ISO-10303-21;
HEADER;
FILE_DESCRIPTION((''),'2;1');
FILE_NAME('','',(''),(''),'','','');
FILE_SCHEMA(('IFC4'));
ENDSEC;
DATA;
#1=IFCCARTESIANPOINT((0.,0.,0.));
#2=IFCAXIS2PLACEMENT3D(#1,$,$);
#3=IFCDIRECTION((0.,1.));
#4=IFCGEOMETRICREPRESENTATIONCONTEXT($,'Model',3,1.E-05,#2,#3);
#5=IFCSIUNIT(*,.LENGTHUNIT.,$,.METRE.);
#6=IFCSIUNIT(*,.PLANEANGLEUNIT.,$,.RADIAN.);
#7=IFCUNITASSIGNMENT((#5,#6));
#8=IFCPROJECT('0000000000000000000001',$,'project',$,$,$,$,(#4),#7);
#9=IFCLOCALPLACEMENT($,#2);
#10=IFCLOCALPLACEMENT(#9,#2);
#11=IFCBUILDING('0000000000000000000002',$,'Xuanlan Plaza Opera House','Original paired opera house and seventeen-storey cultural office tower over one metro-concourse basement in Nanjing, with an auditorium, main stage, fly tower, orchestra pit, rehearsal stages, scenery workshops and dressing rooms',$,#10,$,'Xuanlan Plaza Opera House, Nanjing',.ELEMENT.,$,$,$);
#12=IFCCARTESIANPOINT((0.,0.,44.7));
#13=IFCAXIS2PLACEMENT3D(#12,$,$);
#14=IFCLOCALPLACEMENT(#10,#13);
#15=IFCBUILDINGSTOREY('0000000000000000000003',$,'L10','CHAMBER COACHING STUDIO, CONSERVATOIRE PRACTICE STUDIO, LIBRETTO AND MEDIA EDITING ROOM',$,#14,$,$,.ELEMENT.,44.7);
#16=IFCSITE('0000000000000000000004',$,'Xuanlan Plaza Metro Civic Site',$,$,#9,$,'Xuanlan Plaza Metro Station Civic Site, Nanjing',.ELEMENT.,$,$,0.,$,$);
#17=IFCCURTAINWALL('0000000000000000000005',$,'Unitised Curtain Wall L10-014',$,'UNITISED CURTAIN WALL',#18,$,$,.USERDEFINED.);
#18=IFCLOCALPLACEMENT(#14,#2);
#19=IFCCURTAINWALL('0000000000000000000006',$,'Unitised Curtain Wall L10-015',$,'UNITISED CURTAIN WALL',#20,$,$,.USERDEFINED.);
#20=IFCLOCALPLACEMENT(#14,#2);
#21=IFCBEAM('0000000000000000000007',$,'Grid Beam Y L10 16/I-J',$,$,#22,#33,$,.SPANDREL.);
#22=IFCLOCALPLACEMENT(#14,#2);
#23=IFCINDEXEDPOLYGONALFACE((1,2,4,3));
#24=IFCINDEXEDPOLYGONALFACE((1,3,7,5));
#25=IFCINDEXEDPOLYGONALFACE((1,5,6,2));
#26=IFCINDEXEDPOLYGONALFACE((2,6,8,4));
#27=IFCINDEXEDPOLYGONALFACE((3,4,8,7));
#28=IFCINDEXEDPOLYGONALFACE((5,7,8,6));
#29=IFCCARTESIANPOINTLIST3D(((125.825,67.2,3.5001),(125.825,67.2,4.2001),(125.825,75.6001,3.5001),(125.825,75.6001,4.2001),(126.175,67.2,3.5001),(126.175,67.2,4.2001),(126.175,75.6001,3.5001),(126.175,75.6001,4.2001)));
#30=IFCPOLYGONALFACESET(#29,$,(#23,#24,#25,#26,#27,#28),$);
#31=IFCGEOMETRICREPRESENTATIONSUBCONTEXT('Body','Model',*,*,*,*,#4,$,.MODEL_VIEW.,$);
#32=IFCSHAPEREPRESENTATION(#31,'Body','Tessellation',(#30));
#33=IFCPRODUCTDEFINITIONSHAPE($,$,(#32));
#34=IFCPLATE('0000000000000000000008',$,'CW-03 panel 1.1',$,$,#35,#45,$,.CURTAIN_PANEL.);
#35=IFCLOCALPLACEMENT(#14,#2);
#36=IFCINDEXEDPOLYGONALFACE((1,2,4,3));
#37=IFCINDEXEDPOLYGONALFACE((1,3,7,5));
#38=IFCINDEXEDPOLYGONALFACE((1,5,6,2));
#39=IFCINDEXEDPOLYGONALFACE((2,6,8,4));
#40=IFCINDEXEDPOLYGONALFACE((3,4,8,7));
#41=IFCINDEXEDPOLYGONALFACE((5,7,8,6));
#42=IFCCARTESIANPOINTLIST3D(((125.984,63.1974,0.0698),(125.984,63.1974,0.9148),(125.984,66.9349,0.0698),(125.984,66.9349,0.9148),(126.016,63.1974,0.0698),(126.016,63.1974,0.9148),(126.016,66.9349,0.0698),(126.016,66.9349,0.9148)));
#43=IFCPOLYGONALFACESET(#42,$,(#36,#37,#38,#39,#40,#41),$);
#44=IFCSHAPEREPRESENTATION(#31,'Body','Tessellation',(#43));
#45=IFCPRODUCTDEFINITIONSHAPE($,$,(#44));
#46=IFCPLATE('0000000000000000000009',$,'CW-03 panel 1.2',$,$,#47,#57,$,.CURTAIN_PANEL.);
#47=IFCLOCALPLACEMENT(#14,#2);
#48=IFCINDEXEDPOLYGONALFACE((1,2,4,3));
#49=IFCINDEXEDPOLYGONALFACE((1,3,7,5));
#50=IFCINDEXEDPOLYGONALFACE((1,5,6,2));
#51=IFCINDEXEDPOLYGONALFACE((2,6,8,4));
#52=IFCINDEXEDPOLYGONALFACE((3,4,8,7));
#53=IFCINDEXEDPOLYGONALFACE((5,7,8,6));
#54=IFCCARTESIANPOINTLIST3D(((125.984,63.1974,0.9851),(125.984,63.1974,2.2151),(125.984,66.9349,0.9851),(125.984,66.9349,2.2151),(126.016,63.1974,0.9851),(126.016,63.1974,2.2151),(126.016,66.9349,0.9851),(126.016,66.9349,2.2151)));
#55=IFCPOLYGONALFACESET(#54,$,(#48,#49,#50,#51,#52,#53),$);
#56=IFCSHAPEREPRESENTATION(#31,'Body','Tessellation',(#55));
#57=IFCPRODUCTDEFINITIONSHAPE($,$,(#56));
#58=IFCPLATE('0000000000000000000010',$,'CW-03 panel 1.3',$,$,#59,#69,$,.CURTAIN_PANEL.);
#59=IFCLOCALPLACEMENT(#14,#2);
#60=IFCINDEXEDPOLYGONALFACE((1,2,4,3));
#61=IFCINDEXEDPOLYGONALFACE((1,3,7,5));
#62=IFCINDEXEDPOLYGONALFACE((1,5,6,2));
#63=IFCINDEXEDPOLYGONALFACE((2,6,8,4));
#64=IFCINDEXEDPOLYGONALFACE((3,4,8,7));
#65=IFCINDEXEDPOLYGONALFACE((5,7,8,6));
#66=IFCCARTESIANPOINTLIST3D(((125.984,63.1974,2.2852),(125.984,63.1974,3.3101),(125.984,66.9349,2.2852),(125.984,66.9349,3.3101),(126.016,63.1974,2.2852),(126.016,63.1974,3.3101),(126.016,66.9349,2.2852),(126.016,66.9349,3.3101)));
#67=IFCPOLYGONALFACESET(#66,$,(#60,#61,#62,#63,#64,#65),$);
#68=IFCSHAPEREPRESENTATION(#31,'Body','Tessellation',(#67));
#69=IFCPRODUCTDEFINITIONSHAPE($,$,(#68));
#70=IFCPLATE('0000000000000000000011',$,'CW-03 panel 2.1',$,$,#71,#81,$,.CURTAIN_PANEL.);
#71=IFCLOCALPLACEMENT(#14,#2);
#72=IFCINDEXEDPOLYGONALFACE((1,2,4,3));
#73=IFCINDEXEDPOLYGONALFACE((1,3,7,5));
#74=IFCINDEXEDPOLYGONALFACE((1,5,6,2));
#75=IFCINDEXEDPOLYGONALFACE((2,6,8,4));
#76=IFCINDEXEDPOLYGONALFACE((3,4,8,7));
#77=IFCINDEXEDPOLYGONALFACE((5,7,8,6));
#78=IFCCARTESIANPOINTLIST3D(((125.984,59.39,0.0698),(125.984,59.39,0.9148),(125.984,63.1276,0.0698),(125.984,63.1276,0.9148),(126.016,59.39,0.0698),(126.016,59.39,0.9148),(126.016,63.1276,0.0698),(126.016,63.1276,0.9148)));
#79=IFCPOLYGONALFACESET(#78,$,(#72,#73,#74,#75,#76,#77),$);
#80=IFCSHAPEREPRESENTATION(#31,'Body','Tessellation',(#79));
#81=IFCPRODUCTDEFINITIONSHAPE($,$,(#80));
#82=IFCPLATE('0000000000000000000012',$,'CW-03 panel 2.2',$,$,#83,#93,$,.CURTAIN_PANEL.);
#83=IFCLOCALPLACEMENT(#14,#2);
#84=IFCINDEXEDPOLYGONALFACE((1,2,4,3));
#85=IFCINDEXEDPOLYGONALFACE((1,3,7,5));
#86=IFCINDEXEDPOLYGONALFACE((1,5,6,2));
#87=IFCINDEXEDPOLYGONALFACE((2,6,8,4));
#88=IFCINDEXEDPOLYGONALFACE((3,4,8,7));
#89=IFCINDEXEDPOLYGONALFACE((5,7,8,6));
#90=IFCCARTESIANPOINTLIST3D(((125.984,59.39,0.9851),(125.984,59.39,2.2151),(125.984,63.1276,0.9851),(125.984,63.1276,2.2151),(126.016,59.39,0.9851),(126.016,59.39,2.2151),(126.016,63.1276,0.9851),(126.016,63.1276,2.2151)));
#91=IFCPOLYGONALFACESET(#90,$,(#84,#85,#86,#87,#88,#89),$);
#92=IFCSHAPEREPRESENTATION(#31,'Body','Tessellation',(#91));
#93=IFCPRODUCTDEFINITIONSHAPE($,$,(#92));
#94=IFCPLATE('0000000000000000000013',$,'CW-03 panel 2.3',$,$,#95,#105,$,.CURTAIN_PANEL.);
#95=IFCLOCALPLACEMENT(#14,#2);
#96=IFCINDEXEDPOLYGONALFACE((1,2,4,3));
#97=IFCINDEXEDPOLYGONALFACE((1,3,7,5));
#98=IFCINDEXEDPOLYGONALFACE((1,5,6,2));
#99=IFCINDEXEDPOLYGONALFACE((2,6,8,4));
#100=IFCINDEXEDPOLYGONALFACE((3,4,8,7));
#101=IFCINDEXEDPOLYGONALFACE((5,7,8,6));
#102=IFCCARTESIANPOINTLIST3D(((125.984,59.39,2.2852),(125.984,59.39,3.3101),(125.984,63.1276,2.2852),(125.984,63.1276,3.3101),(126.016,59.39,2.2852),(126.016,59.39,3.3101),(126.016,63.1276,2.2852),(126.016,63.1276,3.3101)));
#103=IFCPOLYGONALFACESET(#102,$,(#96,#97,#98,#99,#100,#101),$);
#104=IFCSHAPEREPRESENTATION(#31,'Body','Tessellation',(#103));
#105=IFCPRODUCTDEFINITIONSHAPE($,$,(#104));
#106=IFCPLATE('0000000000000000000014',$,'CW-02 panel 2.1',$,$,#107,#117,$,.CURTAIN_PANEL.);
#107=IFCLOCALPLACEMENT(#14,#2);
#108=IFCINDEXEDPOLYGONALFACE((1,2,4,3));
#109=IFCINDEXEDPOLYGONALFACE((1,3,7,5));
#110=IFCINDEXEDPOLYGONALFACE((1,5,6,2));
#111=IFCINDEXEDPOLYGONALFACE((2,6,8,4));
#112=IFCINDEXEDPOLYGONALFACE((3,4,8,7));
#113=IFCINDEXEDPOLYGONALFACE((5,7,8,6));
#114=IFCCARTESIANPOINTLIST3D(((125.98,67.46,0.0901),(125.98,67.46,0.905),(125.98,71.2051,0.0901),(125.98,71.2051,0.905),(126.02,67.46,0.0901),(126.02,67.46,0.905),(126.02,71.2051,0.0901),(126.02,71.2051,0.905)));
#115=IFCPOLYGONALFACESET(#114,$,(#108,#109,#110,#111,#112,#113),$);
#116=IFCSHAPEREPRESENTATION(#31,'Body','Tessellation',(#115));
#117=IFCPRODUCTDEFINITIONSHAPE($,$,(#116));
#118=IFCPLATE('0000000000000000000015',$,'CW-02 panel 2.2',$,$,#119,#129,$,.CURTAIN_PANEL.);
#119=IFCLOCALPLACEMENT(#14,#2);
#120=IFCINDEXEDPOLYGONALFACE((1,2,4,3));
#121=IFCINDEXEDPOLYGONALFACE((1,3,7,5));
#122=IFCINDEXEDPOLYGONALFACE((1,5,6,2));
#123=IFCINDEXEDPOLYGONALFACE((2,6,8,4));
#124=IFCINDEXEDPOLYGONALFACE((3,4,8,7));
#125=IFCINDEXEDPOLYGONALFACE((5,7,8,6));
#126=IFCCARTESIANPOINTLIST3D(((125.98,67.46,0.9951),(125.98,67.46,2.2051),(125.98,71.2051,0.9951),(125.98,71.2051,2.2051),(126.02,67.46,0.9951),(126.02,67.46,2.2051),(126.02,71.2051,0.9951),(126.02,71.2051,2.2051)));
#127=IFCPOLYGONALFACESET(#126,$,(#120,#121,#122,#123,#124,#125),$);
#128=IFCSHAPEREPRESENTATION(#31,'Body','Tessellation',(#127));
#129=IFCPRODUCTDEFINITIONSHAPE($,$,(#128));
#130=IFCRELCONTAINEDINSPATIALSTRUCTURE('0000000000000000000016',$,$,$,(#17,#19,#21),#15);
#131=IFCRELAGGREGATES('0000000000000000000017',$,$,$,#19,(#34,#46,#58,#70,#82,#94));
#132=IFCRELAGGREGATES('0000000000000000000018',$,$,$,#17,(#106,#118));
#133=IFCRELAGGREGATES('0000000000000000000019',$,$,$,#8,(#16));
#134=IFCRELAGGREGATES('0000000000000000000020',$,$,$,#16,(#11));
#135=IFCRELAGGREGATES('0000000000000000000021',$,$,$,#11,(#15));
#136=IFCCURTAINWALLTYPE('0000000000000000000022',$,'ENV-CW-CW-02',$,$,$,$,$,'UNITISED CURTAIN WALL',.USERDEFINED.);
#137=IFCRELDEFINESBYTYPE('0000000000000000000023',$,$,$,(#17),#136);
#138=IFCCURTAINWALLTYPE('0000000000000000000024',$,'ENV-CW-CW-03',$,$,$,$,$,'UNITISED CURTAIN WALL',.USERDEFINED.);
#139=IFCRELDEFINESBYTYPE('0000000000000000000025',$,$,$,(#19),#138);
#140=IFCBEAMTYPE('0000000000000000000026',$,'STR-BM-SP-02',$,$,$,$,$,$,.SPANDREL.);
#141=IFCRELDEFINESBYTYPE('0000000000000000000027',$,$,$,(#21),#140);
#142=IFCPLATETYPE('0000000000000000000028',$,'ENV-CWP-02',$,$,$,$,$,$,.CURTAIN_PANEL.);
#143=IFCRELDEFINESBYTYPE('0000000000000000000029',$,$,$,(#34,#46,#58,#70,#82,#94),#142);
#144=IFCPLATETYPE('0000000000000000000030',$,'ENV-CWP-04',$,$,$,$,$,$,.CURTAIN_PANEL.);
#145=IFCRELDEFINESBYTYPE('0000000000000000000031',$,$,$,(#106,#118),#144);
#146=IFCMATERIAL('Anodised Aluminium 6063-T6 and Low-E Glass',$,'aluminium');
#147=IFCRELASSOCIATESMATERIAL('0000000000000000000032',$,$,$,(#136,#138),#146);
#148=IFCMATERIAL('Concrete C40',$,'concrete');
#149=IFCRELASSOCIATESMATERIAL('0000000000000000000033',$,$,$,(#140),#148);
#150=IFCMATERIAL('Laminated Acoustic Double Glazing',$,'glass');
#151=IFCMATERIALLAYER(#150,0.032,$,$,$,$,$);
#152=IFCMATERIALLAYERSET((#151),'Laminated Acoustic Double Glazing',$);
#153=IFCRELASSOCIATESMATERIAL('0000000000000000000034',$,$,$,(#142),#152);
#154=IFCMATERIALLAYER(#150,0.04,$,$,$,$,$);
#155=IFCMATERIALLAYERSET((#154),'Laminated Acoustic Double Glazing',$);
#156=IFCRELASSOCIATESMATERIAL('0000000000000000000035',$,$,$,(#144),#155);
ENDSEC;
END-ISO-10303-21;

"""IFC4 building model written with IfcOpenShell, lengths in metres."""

from ifc_helpers import new_model, si_unit, direction, frame, origin, origin_2d, place, context, subcontext, project, spatial, rectangle, extrude, material, layer, layer_set, material_profile, profile_set, type_object, element, aggregate, save


model = new_model("IFC4")

# Units and contexts
model_context = context("Model", 3, precision=1e-05, world=origin(), true_north=direction((0.0, 1.0)))
body_context = subcontext(model_context, "Body", "Model", "MODEL_VIEW")
ifc_project = project(units=[si_unit("LENGTHUNIT", "METRE"), si_unit("PLANEANGLEUNIT", "RADIAN")], contexts=[model_context])

# Site, building, storey
site_placement = place(None, origin())
site = spatial("IfcSite", under=ifc_project, at=site_placement, Name="Xuanlan Plaza Metro Civic Site", LongName="Xuanlan Plaza Metro Station Civic Site, Nanjing", CompositionType="ELEMENT", RefElevation=0.0)
building_placement = place(site_placement, origin())
building = spatial("IfcBuilding", under=site, at=building_placement, Name="Xuanlan Plaza Opera House", Description="Original paired opera house and seventeen-storey cultural office tower over one metro-concourse basement in Nanjing, with an auditorium, main stage, fly tower, orchestra pit, rehearsal stages, scenery workshops and dressing rooms", LongName="Xuanlan Plaza Opera House, Nanjing", CompositionType="ELEMENT")
storey_placement = place(building_placement, frame((0.0, 0.0, 44.7)))
storey = spatial("IfcBuildingStorey", under=building, at=storey_placement, Name="L10", Description="CHAMBER COACHING STUDIO, CONSERVATOIRE PRACTICE STUDIO, LIBRETTO AND MEDIA EDITING ROOM", CompositionType="ELEMENT", Elevation=44.7)

# Curtain wall
ifc_material_1 = material(Name="Anodised Aluminium 6063-T6 and Low-E Glass", Category="aluminium")
curtain_wall_type_1 = type_object("IfcCurtainWallType", Name="ENV-CW-CW-02", ElementType="UNITISED CURTAIN WALL", PredefinedType="USERDEFINED", material=ifc_material_1)
curtain_wall_1_placement = place(storey_placement, origin())
curtain_wall_1 = element("IfcCurtainWall", 1, at=curtain_wall_1_placement, inside=storey, type_object=curtain_wall_type_1, Name="Unitised Curtain Wall L10-014", ObjectType="UNITISED CURTAIN WALL", PredefinedType="USERDEFINED")

# Curtain wall
curtain_wall_type_2 = type_object("IfcCurtainWallType", Name="ENV-CW-CW-03", ElementType="UNITISED CURTAIN WALL", PredefinedType="USERDEFINED", material=ifc_material_1)
curtain_wall_2_placement = place(storey_placement, origin())
curtain_wall_2 = element("IfcCurtainWall", 2, at=curtain_wall_2_placement, inside=storey, type_object=curtain_wall_type_2, Name="Unitised Curtain Wall L10-015", ObjectType="UNITISED CURTAIN WALL", PredefinedType="USERDEFINED")

# Beam
ifc_material_2 = material(Name="Concrete C40", Category="concrete")
ifc_material_profile_1 = material_profile(ifc_material_2, rectangle(XDim=0.3501, YDim=0.7, at=origin_2d()), Name="RC-SPD 350x700")
ifc_profile_set_1 = profile_set([ifc_material_profile_1], Name="Concrete C40")
beam_type_1 = type_object("IfcBeamType", Name="STR-BM-SP-02", PredefinedType="SPANDREL", material=ifc_profile_set_1)
beam_1_placement = place(storey_placement, frame((126.0, 67.2, 3.8501), z_axis=(0.0, 1.0, 0.0), x_axis=(-1.0, 0.0, 0.0)))
element("IfcBeam", 3, at=beam_1_placement, inside=storey, type_object=beam_type_1, Name="Grid Beam Y L10 16/I-J", PredefinedType="SPANDREL", context=body_context, shape_type="SweptSolid", body=[
    extrude(rectangle(XDim=0.3501, YDim=0.7, at=origin_2d()), origin(), (0.0, 0.0, 1.0), 8.4001),
])

# Plates
ifc_material_3 = material(Name="Laminated Acoustic Double Glazing", Category="glass")
ifc_layer_1 = layer(ifc_material_3, 0.032)
ifc_layer_set_1 = layer_set([ifc_layer_1], Name="Laminated Acoustic Double Glazing")
plate_type_1 = type_object("IfcPlateType", Name="ENV-CWP-02", PredefinedType="CURTAIN_PANEL", material=ifc_layer_set_1)
plate_1_placement = place(storey_placement, frame((126.0, 65.0662, 0.0698), z_axis=(0.0, 0.0, 1.0), x_axis=(0.0, -1.0, 0.0)))
plate_1 = element("IfcPlate", 4, at=plate_1_placement, type_object=plate_type_1, Name="CW-03 panel 1.1", PredefinedType="CURTAIN_PANEL", context=body_context, shape_type="SweptSolid", body=[
    extrude(rectangle(XDim=3.7375, YDim=0.032, at=origin_2d()), origin(), (0.0, 0.0, 1.0), 0.845),
])
plate_2_placement = place(storey_placement, frame((126.0, 65.0662, 0.9851), z_axis=(0.0, 0.0, 1.0), x_axis=(0.0, -1.0, 0.0)))
plate_2 = element("IfcPlate", 5, at=plate_2_placement, type_object=plate_type_1, Name="CW-03 panel 1.2", PredefinedType="CURTAIN_PANEL", context=body_context, shape_type="SweptSolid", body=[
    extrude(rectangle(XDim=3.7375, YDim=0.032, at=origin_2d()), origin(), (0.0, 0.0, 1.0), 1.23),
])
plate_3_placement = place(storey_placement, frame((126.0, 65.0662, 2.2852), z_axis=(0.0, 0.0, 1.0), x_axis=(0.0, -1.0, 0.0)))
plate_3 = element("IfcPlate", 6, at=plate_3_placement, type_object=plate_type_1, Name="CW-03 panel 1.3", PredefinedType="CURTAIN_PANEL", context=body_context, shape_type="SweptSolid", body=[
    extrude(rectangle(XDim=3.7375, YDim=0.032, at=origin_2d()), origin(), (0.0, 0.0, 1.0), 1.0249),
])
plate_4_placement = place(storey_placement, frame((126.0, 61.2588, 0.0698), z_axis=(0.0, 0.0, 1.0), x_axis=(0.0, -1.0, 0.0)))
plate_4 = element("IfcPlate", 7, at=plate_4_placement, type_object=plate_type_1, Name="CW-03 panel 2.1", PredefinedType="CURTAIN_PANEL", context=body_context, shape_type="SweptSolid", body=[
    extrude(rectangle(XDim=3.7375, YDim=0.032, at=origin_2d()), origin(), (0.0, 0.0, 1.0), 0.845),
])
plate_5_placement = place(storey_placement, frame((126.0, 61.2588, 0.9851), z_axis=(0.0, 0.0, 1.0), x_axis=(0.0, -1.0, 0.0)))
plate_5 = element("IfcPlate", 8, at=plate_5_placement, type_object=plate_type_1, Name="CW-03 panel 2.2", PredefinedType="CURTAIN_PANEL", context=body_context, shape_type="SweptSolid", body=[
    extrude(rectangle(XDim=3.7375, YDim=0.032, at=origin_2d()), origin(), (0.0, 0.0, 1.0), 1.23),
])
plate_6_placement = place(storey_placement, frame((126.0, 61.2588, 2.2852), z_axis=(0.0, 0.0, 1.0), x_axis=(0.0, -1.0, 0.0)))
plate_6 = element("IfcPlate", 9, at=plate_6_placement, type_object=plate_type_1, Name="CW-03 panel 2.3", PredefinedType="CURTAIN_PANEL", context=body_context, shape_type="SweptSolid", body=[
    extrude(rectangle(XDim=3.7375, YDim=0.032, at=origin_2d()), origin(), (0.0, 0.0, 1.0), 1.0249),
])
aggregate(curtain_wall_2, [plate_1, plate_2, plate_3, plate_4, plate_5, plate_6])
ifc_layer_2 = layer(ifc_material_3, 0.04)
ifc_layer_set_2 = layer_set([ifc_layer_2], Name="Laminated Acoustic Double Glazing")
plate_type_2 = type_object("IfcPlateType", Name="ENV-CWP-04", PredefinedType="CURTAIN_PANEL", material=ifc_layer_set_2)
plate_7_placement = place(storey_placement, frame((126.0, 69.3325, 0.0901), z_axis=(0.0, 0.0, 1.0), x_axis=(0.0, -1.0, 0.0)))
plate_7 = element("IfcPlate", 10, at=plate_7_placement, type_object=plate_type_2, Name="CW-02 panel 2.1", PredefinedType="CURTAIN_PANEL", context=body_context, shape_type="SweptSolid", body=[
    extrude(rectangle(XDim=3.7451, YDim=0.04, at=origin_2d()), origin(), (0.0, 0.0, 1.0), 0.8149),
])
plate_8_placement = place(storey_placement, frame((126.0, 69.3325, 0.9951), z_axis=(0.0, 0.0, 1.0), x_axis=(0.0, -1.0, 0.0)))
plate_8 = element("IfcPlate", 11, at=plate_8_placement, type_object=plate_type_2, Name="CW-02 panel 2.2", PredefinedType="CURTAIN_PANEL", context=body_context, shape_type="SweptSolid", body=[
    extrude(rectangle(XDim=3.7451, YDim=0.04, at=origin_2d()), origin(), (0.0, 0.0, 1.0), 1.21),
])
aggregate(curtain_wall_1, [plate_7, plate_8])

save(model, "model.ifc")
